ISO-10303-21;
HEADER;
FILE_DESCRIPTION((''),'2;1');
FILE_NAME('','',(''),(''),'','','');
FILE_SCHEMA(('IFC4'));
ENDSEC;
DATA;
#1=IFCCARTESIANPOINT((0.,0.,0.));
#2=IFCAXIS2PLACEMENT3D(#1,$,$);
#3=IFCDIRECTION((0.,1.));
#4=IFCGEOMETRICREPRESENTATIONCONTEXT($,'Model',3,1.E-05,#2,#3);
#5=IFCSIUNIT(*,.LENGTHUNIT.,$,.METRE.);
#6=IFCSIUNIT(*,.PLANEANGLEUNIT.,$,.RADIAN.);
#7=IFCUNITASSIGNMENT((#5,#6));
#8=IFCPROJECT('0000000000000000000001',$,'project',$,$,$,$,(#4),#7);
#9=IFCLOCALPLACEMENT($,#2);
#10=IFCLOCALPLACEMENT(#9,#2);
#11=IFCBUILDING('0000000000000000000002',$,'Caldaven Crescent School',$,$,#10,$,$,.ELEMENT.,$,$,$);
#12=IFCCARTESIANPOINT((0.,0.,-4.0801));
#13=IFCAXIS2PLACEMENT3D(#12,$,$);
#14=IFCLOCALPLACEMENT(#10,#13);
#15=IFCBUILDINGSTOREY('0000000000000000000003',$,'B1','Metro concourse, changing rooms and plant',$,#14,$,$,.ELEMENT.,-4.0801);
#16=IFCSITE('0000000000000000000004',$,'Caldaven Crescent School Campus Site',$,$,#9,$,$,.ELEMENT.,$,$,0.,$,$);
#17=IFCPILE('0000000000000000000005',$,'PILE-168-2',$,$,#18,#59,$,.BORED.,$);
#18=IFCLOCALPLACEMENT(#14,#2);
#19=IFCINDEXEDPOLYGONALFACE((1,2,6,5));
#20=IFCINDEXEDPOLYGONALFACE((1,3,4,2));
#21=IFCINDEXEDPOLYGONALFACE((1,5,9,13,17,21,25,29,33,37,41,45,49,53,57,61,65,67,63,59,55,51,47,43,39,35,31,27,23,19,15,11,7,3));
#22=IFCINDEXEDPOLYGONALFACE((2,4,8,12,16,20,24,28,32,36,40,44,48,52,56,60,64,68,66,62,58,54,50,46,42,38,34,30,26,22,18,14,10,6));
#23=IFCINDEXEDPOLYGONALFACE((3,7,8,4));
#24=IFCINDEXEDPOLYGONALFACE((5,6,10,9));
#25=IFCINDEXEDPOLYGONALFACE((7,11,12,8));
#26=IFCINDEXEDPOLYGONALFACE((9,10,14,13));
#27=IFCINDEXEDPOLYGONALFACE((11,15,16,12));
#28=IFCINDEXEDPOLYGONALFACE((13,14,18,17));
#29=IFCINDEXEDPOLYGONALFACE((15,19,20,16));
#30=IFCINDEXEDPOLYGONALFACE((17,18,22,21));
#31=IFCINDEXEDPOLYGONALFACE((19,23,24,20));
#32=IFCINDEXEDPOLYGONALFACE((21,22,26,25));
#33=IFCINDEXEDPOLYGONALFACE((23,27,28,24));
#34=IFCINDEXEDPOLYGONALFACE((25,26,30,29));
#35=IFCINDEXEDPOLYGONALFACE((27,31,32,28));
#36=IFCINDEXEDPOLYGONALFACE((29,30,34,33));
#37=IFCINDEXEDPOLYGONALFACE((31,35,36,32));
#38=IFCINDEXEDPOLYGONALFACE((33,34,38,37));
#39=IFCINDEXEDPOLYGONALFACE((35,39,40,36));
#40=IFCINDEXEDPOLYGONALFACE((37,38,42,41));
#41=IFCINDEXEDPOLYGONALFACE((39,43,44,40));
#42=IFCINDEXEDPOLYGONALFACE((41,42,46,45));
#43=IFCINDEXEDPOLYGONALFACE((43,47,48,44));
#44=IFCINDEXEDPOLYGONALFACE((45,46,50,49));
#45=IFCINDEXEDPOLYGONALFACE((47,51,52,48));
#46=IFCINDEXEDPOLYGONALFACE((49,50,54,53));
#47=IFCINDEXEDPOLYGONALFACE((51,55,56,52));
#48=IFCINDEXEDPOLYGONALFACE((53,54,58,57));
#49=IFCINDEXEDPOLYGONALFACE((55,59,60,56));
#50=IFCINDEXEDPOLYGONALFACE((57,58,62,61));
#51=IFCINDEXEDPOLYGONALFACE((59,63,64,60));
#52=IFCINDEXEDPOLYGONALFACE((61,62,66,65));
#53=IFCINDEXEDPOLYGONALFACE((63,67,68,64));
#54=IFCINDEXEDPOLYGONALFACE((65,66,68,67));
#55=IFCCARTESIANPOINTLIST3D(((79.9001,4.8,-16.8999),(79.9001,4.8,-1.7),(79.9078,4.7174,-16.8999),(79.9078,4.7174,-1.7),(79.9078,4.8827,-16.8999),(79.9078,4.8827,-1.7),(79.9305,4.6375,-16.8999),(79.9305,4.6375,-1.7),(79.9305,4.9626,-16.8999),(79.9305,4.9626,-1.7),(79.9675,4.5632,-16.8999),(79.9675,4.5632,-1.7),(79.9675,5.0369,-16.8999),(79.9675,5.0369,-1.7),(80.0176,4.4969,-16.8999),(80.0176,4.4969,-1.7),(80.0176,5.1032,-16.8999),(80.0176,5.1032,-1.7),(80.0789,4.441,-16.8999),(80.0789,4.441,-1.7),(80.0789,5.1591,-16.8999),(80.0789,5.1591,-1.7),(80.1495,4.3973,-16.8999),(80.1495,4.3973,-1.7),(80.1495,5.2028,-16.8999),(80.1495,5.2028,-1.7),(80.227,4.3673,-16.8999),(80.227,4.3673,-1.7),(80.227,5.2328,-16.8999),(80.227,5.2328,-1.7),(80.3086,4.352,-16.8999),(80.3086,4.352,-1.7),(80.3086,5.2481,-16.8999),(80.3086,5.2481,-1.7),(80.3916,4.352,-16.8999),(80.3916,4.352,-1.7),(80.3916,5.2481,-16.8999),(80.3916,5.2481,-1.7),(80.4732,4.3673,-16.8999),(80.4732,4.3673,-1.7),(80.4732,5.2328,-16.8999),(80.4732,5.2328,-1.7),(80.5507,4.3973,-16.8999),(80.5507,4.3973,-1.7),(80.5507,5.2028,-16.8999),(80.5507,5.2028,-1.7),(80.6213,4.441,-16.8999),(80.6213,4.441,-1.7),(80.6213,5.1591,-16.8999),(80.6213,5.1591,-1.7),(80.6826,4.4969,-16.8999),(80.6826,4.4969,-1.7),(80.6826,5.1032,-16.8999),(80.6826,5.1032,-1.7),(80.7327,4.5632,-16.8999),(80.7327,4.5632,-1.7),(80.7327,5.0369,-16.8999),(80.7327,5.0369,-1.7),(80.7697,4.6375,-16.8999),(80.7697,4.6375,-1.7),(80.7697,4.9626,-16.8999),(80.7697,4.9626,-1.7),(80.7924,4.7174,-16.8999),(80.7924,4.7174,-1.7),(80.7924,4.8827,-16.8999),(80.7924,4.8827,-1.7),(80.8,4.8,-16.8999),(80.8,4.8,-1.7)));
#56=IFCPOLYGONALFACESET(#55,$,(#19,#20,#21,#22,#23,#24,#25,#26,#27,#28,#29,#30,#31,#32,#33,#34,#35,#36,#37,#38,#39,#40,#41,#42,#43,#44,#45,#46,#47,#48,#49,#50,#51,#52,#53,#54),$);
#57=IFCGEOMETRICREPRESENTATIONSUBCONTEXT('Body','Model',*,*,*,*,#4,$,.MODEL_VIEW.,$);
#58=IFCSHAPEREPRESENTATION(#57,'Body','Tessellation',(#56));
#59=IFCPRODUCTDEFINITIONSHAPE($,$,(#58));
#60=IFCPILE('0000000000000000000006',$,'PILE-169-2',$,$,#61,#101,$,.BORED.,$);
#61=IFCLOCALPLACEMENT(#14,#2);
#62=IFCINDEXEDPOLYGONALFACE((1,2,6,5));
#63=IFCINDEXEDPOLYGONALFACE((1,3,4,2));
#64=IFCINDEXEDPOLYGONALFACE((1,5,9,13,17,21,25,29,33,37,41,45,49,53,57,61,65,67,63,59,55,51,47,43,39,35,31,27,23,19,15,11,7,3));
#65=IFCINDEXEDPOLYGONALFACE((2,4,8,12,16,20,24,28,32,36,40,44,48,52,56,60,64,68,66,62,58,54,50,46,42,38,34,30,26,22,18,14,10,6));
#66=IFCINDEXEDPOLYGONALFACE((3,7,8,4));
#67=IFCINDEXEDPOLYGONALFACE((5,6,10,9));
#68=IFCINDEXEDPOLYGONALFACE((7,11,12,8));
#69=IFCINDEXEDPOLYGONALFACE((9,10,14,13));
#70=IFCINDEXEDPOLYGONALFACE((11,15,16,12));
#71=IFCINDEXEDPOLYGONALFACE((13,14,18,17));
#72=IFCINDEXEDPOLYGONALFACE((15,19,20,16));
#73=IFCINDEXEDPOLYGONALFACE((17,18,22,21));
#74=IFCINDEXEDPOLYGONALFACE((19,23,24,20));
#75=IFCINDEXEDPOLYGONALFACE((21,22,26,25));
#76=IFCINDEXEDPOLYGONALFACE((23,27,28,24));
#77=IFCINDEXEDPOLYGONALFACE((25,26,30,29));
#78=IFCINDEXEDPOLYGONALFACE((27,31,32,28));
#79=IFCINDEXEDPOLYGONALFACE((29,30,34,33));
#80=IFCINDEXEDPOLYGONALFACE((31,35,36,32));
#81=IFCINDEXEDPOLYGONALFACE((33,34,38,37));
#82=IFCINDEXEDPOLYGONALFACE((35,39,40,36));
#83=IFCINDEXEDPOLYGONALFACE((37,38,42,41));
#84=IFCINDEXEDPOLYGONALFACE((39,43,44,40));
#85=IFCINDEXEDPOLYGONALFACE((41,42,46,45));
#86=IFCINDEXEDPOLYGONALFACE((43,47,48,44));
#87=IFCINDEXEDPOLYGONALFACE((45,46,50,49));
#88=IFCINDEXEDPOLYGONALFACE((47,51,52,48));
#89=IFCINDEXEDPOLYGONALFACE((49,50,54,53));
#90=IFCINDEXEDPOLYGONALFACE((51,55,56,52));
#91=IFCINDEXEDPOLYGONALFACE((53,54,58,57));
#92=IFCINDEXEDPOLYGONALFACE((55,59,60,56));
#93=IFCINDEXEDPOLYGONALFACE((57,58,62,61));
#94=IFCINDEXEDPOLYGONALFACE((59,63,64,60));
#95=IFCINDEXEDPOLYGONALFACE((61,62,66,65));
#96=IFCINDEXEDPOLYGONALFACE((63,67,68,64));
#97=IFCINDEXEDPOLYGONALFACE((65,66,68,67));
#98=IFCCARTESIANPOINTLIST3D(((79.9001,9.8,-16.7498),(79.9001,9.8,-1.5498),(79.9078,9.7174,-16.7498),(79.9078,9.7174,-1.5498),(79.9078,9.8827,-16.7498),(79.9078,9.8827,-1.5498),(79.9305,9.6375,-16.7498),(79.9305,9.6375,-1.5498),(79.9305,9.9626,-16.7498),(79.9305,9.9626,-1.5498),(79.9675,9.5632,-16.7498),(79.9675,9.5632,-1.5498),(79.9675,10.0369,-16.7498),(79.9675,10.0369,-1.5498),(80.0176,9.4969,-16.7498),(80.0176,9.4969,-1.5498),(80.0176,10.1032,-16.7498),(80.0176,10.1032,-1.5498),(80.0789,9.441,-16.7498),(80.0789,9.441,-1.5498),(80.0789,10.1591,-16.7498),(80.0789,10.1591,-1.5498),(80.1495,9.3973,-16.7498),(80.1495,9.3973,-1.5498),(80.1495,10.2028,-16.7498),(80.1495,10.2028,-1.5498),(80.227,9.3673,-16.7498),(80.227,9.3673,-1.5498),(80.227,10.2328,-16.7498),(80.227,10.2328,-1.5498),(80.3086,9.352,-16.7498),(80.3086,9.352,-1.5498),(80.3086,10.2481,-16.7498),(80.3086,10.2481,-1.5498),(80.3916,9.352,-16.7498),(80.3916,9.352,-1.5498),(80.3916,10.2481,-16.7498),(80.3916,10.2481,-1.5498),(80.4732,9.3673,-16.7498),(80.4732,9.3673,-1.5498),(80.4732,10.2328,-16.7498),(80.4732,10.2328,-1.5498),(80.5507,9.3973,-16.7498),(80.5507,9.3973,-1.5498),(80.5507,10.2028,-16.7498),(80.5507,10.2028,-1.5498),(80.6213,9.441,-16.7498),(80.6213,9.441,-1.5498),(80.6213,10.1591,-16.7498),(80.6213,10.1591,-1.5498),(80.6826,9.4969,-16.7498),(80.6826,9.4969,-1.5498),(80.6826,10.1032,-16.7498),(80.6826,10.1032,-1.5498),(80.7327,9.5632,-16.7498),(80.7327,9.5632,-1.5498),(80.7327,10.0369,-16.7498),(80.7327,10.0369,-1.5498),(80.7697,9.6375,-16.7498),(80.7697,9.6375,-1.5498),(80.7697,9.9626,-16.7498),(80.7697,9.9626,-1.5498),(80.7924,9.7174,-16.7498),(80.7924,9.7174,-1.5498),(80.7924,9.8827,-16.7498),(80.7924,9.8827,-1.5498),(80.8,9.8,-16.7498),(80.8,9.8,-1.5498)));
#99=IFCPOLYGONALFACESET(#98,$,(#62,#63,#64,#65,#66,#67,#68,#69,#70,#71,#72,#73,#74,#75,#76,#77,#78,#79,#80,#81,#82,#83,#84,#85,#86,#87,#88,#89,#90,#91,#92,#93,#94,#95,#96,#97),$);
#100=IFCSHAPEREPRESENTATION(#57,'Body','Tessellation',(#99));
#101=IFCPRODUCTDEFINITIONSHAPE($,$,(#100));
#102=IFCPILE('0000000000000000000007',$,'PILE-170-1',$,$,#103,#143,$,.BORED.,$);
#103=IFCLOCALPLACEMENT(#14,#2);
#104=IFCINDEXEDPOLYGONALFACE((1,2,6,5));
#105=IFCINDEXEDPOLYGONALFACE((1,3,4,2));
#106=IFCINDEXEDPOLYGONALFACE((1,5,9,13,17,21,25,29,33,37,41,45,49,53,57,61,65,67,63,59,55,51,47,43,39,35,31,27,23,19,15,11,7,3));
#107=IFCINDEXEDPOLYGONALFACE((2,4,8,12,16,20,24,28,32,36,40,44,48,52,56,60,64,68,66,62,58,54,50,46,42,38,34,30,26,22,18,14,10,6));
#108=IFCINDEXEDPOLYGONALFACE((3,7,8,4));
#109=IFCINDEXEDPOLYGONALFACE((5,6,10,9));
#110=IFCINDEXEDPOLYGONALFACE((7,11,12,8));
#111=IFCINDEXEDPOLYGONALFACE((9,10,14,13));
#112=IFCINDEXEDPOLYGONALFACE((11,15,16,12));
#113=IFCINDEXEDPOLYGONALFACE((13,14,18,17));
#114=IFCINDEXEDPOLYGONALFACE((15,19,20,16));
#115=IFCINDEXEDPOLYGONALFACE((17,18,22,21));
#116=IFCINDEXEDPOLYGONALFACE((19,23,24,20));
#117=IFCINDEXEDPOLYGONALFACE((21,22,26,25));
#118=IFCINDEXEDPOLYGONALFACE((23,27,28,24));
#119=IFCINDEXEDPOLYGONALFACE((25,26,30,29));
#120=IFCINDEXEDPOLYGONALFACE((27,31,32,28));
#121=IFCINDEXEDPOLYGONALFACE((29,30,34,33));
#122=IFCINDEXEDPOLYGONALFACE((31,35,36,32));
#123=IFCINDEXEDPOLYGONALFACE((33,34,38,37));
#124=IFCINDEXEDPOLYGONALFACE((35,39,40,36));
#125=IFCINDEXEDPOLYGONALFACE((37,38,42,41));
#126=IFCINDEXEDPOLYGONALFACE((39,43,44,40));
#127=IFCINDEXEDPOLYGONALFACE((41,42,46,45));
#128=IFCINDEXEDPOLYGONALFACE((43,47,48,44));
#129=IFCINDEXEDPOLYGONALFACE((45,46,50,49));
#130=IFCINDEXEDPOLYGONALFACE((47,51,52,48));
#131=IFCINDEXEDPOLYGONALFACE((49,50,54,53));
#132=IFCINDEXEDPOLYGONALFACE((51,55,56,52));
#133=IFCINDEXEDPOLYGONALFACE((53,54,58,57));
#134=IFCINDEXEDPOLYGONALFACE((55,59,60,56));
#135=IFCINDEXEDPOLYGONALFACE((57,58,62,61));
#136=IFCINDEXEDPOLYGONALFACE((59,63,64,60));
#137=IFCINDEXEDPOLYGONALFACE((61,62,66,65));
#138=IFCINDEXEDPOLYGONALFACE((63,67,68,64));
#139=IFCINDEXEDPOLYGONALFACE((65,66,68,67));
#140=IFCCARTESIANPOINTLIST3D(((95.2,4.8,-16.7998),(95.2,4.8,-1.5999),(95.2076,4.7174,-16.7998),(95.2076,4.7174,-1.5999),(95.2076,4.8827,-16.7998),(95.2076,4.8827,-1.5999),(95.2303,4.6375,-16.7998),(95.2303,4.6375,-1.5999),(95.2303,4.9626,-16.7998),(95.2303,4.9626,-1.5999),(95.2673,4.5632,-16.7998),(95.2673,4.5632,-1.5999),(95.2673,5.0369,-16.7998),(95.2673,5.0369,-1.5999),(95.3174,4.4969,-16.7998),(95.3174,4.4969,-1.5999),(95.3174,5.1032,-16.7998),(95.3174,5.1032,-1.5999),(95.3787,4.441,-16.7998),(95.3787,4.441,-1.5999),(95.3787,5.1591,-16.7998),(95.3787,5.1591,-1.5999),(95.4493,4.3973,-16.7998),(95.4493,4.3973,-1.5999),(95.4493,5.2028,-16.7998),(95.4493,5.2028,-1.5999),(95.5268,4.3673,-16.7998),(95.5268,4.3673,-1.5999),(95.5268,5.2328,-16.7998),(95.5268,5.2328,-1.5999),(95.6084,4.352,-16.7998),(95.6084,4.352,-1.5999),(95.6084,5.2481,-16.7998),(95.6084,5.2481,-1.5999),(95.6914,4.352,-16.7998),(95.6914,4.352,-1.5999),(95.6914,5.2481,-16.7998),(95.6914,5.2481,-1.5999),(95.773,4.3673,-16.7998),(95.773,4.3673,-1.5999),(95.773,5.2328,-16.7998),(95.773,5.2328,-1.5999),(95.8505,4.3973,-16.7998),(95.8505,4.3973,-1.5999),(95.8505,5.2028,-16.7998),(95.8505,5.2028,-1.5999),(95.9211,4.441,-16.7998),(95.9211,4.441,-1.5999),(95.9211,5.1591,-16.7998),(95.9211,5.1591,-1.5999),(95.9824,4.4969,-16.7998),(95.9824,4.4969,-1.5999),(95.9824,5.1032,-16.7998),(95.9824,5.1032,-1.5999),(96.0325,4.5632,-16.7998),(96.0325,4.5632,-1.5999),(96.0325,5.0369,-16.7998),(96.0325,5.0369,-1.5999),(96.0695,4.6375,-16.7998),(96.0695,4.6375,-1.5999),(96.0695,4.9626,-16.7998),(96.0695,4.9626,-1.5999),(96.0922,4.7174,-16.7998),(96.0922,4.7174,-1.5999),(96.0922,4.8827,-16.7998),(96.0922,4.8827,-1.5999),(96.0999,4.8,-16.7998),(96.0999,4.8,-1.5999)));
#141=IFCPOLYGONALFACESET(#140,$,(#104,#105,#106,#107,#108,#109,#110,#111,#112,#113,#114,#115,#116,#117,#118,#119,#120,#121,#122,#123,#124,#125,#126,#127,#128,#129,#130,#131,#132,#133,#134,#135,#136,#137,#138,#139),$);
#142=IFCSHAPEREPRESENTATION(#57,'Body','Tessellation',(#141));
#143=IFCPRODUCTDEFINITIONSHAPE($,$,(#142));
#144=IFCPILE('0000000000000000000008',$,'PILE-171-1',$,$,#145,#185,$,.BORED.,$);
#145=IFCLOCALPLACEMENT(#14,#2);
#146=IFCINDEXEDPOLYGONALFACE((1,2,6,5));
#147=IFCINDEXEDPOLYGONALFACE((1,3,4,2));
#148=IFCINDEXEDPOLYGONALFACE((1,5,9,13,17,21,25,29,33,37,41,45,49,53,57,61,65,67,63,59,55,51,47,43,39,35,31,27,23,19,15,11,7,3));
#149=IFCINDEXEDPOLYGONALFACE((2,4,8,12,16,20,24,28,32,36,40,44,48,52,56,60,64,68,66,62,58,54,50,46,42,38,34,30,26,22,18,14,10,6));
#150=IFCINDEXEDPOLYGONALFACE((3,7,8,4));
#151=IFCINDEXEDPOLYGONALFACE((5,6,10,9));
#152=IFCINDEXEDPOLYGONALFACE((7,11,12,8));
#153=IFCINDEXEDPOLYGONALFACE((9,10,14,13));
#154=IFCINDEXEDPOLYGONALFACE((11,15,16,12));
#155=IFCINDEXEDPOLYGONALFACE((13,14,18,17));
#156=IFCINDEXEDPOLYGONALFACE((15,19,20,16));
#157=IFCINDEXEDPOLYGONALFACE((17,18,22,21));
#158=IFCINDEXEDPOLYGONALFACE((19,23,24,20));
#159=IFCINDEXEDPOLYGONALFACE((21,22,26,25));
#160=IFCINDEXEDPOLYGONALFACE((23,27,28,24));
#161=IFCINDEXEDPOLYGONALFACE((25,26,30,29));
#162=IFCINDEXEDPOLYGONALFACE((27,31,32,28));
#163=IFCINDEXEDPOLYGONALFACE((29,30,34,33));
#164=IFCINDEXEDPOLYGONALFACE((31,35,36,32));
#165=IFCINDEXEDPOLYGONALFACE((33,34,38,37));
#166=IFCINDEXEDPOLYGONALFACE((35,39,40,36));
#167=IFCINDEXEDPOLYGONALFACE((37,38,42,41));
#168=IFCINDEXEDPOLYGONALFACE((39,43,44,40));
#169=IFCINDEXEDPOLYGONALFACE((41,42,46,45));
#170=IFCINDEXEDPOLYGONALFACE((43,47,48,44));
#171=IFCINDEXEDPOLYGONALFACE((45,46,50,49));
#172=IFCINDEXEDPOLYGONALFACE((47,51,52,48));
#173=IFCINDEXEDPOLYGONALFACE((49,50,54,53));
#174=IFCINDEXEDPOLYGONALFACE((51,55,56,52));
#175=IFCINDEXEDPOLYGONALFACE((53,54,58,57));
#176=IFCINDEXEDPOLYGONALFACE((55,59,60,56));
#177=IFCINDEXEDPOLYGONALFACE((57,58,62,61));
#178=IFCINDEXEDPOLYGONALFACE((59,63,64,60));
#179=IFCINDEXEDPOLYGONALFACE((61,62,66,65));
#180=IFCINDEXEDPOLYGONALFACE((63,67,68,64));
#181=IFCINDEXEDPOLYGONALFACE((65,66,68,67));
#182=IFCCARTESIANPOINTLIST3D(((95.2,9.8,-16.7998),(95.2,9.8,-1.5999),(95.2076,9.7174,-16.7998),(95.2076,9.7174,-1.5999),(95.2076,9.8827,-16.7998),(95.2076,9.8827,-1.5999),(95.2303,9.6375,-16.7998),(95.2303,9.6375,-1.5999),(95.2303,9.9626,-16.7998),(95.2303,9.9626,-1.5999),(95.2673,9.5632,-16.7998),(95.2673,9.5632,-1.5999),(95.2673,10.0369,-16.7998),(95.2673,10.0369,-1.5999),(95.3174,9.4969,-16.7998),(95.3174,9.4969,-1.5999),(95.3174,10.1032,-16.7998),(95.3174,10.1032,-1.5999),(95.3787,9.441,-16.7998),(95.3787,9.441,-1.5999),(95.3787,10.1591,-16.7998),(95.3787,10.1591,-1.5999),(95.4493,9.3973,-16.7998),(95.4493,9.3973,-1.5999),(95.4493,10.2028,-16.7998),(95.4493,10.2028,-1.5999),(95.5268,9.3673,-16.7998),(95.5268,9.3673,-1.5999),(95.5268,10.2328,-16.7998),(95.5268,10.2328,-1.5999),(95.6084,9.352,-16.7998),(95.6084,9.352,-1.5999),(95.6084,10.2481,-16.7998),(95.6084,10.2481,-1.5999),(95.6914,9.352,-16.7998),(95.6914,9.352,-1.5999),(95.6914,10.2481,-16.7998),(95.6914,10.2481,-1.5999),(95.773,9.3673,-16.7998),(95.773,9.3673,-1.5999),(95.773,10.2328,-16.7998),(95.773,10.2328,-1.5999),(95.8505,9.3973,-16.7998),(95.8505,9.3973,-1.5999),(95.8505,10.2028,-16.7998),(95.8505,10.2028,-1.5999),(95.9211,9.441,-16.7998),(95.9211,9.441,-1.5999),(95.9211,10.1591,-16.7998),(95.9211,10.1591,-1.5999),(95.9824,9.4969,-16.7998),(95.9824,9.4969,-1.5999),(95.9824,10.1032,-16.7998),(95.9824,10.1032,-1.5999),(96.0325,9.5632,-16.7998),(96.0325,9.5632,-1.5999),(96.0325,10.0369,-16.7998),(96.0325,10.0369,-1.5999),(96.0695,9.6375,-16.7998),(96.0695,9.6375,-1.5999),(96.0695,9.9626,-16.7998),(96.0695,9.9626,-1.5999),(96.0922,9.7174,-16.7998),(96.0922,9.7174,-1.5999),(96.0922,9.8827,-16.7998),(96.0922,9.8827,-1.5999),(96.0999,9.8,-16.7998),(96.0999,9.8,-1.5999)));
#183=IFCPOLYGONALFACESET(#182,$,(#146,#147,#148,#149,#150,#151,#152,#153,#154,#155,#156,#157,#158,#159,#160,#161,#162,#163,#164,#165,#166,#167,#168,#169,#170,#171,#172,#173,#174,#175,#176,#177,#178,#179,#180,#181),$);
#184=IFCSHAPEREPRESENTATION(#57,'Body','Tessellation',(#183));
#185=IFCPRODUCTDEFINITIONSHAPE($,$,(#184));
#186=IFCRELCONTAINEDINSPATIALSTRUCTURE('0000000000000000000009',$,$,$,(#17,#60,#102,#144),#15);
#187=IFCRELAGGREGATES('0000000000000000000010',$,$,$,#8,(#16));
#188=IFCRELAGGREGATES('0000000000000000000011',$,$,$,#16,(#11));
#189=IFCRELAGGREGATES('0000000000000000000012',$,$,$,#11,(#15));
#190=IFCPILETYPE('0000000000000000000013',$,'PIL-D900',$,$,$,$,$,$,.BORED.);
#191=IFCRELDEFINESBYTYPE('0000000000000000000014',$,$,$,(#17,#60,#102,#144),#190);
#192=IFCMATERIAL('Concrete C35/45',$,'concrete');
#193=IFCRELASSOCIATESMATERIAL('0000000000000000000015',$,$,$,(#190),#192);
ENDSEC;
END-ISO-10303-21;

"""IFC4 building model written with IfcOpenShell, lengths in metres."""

from ifc_helpers import new_model, si_unit, direction, frame, origin, origin_2d, place, context, subcontext, project, spatial, circle, extrude, material, material_profile, profile_set, type_object, element, save


model = new_model("IFC4")

# Units and contexts
model_context = context("Model", 3, precision=1e-05, world=origin(), true_north=direction((0.0, 1.0)))
body_context = subcontext(model_context, "Body", "Model", "MODEL_VIEW")
ifc_project = project(units=[si_unit("LENGTHUNIT", "METRE"), si_unit("PLANEANGLEUNIT", "RADIAN")], contexts=[model_context])

# Site, building, storey
site_placement = place(None, origin())
site = spatial("IfcSite", under=ifc_project, at=site_placement, Name="Caldaven Crescent School Campus Site", CompositionType="ELEMENT", RefElevation=0.0)
building_placement = place(site_placement, origin())
building = spatial("IfcBuilding", under=site, at=building_placement, Name="Caldaven Crescent School", CompositionType="ELEMENT")
storey_placement = place(building_placement, frame((0.0, 0.0, -4.0801)))
storey = spatial("IfcBuildingStorey", under=building, at=storey_placement, Name="B1", Description="Metro concourse, changing rooms and plant", CompositionType="ELEMENT", Elevation=-4.0801)

# Shared definitions
ifc_material_1 = material(Name="Concrete C35/45", Category="concrete")

# Piles
ifc_material_profile_1 = material_profile(ifc_material_1, circle(Radius=0.45, at=origin_2d()), Name="PILE D900")
ifc_profile_set_1 = profile_set([ifc_material_profile_1], Name="Concrete C35/45")
pile_type_1 = type_object("IfcPileType", Name="PIL-D900", PredefinedType="BORED", material=ifc_profile_set_1)
for number, where, z_axis, x_axis, name in (
    (1, (80.3501, 4.8, -1.7), (0.0, 0.0, -1.0), (1.0, 0.0, 0.0), "PILE-168-2"),
    (2, (80.3501, 9.8, -1.5498), (0.0, 0.0, -1.0), (1.0, 0.0, 0.0), "PILE-169-2"),
    (3, (95.6499, 4.8, -1.5999), (0.0, 0.0, -1.0), (1.0, 0.0, 0.0), "PILE-170-1"),
    (4, (95.6499, 9.8, -1.5999), (0.0, 0.0, -1.0), (1.0, 0.0, 0.0), "PILE-171-1"),
):
    element("IfcPile", number, at=place(storey_placement, frame(where, z_axis=z_axis, x_axis=x_axis)), inside=storey, type_object=pile_type_1, Name=name, PredefinedType="BORED", context=body_context, shape_type="SweptSolid", body=[
        extrude(circle(Radius=0.45, at=origin_2d()), origin(), (0.0, 0.0, 1.0), 15.2),
    ])

save(model, "model.ifc")
